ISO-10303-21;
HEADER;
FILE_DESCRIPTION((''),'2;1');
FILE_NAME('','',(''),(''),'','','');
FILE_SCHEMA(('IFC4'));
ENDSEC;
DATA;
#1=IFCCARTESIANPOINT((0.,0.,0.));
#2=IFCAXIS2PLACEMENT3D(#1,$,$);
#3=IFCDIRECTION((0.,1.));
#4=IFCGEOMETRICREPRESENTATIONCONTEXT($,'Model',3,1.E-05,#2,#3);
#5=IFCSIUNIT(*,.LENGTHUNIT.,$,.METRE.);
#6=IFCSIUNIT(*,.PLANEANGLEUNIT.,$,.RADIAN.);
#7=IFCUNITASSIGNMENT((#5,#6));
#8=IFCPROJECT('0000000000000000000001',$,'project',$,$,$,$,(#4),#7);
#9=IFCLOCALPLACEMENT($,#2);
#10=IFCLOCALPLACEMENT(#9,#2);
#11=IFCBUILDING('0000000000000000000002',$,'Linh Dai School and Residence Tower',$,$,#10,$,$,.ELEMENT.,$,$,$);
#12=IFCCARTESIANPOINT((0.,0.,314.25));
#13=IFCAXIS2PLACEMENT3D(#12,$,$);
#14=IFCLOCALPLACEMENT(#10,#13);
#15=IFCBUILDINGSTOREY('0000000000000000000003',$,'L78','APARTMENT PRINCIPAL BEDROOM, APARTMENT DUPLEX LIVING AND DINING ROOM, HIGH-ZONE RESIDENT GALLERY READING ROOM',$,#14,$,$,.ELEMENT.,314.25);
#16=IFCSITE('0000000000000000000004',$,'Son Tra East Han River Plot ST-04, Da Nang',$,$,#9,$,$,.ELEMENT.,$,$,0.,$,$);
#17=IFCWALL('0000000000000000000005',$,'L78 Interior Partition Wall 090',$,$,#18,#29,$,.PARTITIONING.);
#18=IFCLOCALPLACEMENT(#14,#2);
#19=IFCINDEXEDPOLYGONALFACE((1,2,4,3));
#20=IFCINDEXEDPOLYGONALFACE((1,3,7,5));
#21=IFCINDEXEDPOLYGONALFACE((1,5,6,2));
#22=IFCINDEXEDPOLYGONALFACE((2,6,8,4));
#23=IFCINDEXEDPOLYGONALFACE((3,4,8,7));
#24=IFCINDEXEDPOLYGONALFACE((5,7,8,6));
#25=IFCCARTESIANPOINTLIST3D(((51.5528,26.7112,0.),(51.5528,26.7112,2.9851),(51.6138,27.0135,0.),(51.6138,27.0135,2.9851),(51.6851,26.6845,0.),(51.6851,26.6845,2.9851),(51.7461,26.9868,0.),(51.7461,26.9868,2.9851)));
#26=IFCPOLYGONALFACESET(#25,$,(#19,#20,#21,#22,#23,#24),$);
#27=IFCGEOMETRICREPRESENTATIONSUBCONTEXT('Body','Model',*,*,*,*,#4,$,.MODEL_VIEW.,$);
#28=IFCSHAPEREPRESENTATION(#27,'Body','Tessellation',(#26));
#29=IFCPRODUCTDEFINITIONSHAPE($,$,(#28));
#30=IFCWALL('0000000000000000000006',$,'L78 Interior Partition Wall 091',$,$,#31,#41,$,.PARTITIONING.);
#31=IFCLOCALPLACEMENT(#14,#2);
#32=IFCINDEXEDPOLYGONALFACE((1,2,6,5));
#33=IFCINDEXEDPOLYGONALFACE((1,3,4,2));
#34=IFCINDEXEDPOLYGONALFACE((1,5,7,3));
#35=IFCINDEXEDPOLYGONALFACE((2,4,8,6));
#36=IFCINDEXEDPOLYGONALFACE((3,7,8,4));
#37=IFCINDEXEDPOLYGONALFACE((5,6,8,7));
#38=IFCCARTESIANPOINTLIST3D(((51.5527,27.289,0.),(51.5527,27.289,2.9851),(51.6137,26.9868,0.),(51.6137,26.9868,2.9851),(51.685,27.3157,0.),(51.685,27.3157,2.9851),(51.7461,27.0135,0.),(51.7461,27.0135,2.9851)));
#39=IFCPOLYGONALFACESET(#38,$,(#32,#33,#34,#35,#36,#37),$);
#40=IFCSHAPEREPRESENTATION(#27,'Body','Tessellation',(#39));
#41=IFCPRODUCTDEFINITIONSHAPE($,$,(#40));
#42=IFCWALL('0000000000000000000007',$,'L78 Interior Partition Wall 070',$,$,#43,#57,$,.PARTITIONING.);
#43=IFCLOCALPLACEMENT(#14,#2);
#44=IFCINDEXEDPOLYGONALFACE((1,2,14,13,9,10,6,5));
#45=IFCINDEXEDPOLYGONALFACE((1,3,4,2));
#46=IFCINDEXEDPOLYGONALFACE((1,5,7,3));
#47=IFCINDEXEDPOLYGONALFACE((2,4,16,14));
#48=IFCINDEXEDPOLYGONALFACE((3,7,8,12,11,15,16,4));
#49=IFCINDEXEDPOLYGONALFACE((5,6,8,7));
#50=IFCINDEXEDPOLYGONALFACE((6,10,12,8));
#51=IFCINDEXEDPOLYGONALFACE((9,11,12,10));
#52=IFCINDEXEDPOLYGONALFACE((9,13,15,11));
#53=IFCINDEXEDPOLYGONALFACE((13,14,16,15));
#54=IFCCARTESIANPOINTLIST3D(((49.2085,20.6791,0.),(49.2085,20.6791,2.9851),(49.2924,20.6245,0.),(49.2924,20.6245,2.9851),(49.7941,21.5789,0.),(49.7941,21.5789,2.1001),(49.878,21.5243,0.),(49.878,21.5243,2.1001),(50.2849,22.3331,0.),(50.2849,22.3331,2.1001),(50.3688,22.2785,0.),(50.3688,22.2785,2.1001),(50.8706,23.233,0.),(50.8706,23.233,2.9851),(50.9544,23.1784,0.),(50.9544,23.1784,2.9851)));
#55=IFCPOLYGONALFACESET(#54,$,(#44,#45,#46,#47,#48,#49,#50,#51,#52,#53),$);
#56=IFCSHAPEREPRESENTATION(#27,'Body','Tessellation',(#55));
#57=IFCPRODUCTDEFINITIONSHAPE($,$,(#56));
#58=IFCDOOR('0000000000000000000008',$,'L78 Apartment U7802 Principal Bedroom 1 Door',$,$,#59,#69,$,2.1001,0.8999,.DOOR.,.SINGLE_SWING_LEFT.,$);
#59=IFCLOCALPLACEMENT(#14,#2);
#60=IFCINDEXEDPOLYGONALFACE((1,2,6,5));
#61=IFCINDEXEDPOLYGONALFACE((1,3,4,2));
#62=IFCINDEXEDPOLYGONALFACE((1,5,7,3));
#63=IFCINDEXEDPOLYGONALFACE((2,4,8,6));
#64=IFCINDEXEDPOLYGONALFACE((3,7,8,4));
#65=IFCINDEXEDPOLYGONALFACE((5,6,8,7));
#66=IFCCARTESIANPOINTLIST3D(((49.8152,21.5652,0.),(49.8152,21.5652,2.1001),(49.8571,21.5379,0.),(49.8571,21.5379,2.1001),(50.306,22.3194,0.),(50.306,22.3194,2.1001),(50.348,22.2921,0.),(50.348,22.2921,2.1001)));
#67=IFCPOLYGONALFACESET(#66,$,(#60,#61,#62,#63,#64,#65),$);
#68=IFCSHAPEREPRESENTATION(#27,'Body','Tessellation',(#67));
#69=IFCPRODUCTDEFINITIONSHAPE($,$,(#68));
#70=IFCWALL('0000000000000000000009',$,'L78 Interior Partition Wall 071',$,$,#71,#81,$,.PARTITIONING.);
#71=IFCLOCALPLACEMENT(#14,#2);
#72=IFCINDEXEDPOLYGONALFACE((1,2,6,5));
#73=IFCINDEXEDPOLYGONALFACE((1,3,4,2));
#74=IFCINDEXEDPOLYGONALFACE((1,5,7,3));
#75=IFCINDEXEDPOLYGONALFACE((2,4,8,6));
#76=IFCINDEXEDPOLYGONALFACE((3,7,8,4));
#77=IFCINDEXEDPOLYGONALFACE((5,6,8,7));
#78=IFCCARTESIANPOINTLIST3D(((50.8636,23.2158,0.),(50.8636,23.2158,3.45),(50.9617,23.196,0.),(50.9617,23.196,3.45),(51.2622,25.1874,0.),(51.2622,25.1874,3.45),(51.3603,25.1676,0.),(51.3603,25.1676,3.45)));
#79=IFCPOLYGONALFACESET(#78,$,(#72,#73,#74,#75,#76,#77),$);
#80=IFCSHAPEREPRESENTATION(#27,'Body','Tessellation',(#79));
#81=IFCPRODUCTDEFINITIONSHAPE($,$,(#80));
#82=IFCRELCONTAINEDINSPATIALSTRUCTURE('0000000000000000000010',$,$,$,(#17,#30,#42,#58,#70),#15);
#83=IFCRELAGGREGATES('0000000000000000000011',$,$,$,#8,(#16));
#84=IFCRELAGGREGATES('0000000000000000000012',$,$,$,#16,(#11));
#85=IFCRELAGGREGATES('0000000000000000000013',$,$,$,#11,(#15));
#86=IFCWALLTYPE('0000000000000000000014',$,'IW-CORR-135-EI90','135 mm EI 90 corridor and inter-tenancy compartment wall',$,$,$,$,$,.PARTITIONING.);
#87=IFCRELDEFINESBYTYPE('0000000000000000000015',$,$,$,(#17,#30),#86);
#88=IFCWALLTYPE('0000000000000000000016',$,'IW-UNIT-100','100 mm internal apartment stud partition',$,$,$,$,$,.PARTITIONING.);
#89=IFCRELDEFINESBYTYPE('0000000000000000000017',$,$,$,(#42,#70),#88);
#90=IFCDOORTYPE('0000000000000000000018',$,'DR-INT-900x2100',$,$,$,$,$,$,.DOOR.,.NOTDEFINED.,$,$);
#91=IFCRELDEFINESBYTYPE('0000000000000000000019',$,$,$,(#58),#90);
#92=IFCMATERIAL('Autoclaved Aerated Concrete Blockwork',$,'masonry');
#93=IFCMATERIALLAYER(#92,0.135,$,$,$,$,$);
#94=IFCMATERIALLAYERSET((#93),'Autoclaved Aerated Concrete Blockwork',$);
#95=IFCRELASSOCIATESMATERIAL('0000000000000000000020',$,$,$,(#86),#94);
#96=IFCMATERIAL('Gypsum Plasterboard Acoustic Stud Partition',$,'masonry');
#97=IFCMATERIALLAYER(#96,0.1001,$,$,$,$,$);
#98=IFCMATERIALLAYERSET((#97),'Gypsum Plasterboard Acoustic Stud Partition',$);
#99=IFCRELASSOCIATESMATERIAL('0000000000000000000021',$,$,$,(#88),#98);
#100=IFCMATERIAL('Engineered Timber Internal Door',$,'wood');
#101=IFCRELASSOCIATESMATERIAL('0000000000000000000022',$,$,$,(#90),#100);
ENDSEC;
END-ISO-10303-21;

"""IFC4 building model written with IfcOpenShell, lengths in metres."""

from ifc_helpers import new_model, si_unit, direction, frame, frame_2d, origin, origin_2d, place, context, subcontext, project, spatial, rectangle, extrude, source, transform, mapped, material, layer, layer_set, type_object, element, fill, save


model = new_model("IFC4")

# Units and contexts
model_context = context("Model", 3, precision=1e-05, world=origin(), true_north=direction((0.0, 1.0)))
body_context = subcontext(model_context, "Body", "Model", "MODEL_VIEW")
ifc_project = project(units=[si_unit("LENGTHUNIT", "METRE"), si_unit("PLANEANGLEUNIT", "RADIAN")], contexts=[model_context])

# Site, building, storey
site_placement = place(None, origin())
site = spatial("IfcSite", under=ifc_project, at=site_placement, Name="Son Tra East Han River Plot ST-04, Da Nang", CompositionType="ELEMENT", RefElevation=0.0)
building_placement = place(site_placement, origin())
building = spatial("IfcBuilding", under=site, at=building_placement, Name="Linh Dai School and Residence Tower", CompositionType="ELEMENT")
storey_placement = place(building_placement, frame((0.0, 0.0, 314.25)))
storey = spatial("IfcBuildingStorey", under=building, at=storey_placement, Name="L78", Description="APARTMENT PRINCIPAL BEDROOM, APARTMENT DUPLEX LIVING AND DINING ROOM, HIGH-ZONE RESIDENT GALLERY READING ROOM", CompositionType="ELEMENT", Elevation=314.25)

# Walls
ifc_material_1 = material(Name="Autoclaved Aerated Concrete Blockwork", Category="masonry")
ifc_layer_1 = layer(ifc_material_1, 0.135)
ifc_layer_set_1 = layer_set([ifc_layer_1], Name="Autoclaved Aerated Concrete Blockwork")
wall_type_1 = type_object("IfcWallType", Name="IW-CORR-135-EI90", Description="135 mm EI 90 corridor and inter-tenancy compartment wall", PredefinedType="PARTITIONING", material=ifc_layer_set_1)
for number, where, z_axis, x_axis, name in (
    (1, (51.6189, 26.6978, 0.0), (0.0, 0.0, 1.0), (0.197943, 0.980214, 0.0), "L78 Interior Partition Wall 090"),
    (2, (51.6799, 27.0, 0.0), (0.0, 0.0, 1.0), (-0.197943, 0.980214, 0.0), "L78 Interior Partition Wall 091"),
):
    element("IfcWall", number, at=place(storey_placement, frame(where, z_axis=z_axis, x_axis=x_axis)), inside=storey, type_object=wall_type_1, Name=name, PredefinedType="PARTITIONING", context=body_context, shape_type="SweptSolid", body=[
        extrude(rectangle(XDim=0.3083, YDim=0.135, at=frame_2d((0.1543, 0.0))), origin(), (0.0, 0.0, 1.0), 2.9851),
    ])

# Wall, opening, door
ifc_material_2 = material(Name="Gypsum Plasterboard Acoustic Stud Partition", Category="masonry")
ifc_layer_2 = layer(ifc_material_2, 0.1001)
ifc_layer_set_2 = layer_set([ifc_layer_2], Name="Gypsum Plasterboard Acoustic Stud Partition")
wall_type_2 = type_object("IfcWallType", Name="IW-UNIT-100", Description="100 mm internal apartment stud partition", PredefinedType="PARTITIONING", material=ifc_layer_set_2)
wall_1_placement = place(storey_placement, frame((49.2505, 20.6519, 0.0), z_axis=(0.0, 0.0, 1.0), x_axis=(0.545459, 0.838138, 0.0)))
wall_1 = element("IfcWall", 3, at=wall_1_placement, inside=storey, type_object=wall_type_2, Name="L78 Interior Partition Wall 070", PredefinedType="PARTITIONING", context=body_context, shape_type="SweptSolid", body=[
    extrude(rectangle(XDim=3.0471, YDim=0.1001, at=frame_2d((1.5234, 0.0))), origin(), (0.0, 0.0, 1.0), 2.9851),
])
opening_1_placement = place(wall_1_placement, frame((1.0735, 0.0, 0.0)))
opening_1 = element("IfcOpeningElement", 4, at=opening_1_placement, cuts=wall_1, PredefinedType="OPENING", context=body_context, shape_type="SweptSolid", body=[
    extrude(rectangle(XDim=0.8999, YDim=2.1001, at=origin_2d()), frame((0.45, 0.0601, 1.05), z_axis=(0.0, -1.0, 0.0), x_axis=(1.0, 0.0, 0.0)), (0.0, 0.0, 1.0), 0.1201),
])
ifc_material_3 = material(Name="Engineered Timber Internal Door", Category="wood")
door_type_1 = type_object("IfcDoorType", Name="DR-INT-900x2100", OperationType="NOTDEFINED", PredefinedType="DOOR", material=ifc_material_3)
shared_shape_1 = source(origin(), body_context, "Body", "SweptSolid", [
    extrude(rectangle(XDim=0.8999, YDim=2.1001, at=origin_2d()), frame((0.45, 0.0249, 1.05), z_axis=(0.0, -1.0, 0.0), x_axis=(1.0, 0.0, 0.0)), (0.0, 0.0, 1.0), 0.05),
])
door_1_placement = place(opening_1_placement, origin())
door_1 = element("IfcDoor", 5, at=door_1_placement, inside=storey, type_object=door_type_1, Name="L78 Apartment U7802 Principal Bedroom 1 Door", OperationType="SINGLE_SWING_LEFT", OverallHeight=2.1001, OverallWidth=0.8999, PredefinedType="DOOR", context=body_context, shape_type="MappedRepresentation", body=[
    mapped(shared_shape_1, transform((0.0, 0.0, 0.0), x_axis=(1.0, 0.0, 0.0), y_axis=(0.0, 1.0, 0.0), z_axis=(0.0, 0.0, 1.0), scale=1.0)),
])
fill(opening_1, door_1)

# Wall
wall_2_placement = place(storey_placement, frame((50.9126, 23.2058, 0.0), z_axis=(0.0, 0.0, 1.0), x_axis=(0.198193, 0.980163, 0.0)))
element("IfcWall", 6, at=wall_2_placement, inside=storey, type_object=wall_type_2, Name="L78 Interior Partition Wall 071", PredefinedType="PARTITIONING", context=body_context, shape_type="SweptSolid", body=[
    extrude(rectangle(XDim=2.0115, YDim=0.1001, at=frame_2d((1.0059, 0.0))), origin(), (0.0, 0.0, 1.0), 3.45),
])

save(model, "model.ifc")
